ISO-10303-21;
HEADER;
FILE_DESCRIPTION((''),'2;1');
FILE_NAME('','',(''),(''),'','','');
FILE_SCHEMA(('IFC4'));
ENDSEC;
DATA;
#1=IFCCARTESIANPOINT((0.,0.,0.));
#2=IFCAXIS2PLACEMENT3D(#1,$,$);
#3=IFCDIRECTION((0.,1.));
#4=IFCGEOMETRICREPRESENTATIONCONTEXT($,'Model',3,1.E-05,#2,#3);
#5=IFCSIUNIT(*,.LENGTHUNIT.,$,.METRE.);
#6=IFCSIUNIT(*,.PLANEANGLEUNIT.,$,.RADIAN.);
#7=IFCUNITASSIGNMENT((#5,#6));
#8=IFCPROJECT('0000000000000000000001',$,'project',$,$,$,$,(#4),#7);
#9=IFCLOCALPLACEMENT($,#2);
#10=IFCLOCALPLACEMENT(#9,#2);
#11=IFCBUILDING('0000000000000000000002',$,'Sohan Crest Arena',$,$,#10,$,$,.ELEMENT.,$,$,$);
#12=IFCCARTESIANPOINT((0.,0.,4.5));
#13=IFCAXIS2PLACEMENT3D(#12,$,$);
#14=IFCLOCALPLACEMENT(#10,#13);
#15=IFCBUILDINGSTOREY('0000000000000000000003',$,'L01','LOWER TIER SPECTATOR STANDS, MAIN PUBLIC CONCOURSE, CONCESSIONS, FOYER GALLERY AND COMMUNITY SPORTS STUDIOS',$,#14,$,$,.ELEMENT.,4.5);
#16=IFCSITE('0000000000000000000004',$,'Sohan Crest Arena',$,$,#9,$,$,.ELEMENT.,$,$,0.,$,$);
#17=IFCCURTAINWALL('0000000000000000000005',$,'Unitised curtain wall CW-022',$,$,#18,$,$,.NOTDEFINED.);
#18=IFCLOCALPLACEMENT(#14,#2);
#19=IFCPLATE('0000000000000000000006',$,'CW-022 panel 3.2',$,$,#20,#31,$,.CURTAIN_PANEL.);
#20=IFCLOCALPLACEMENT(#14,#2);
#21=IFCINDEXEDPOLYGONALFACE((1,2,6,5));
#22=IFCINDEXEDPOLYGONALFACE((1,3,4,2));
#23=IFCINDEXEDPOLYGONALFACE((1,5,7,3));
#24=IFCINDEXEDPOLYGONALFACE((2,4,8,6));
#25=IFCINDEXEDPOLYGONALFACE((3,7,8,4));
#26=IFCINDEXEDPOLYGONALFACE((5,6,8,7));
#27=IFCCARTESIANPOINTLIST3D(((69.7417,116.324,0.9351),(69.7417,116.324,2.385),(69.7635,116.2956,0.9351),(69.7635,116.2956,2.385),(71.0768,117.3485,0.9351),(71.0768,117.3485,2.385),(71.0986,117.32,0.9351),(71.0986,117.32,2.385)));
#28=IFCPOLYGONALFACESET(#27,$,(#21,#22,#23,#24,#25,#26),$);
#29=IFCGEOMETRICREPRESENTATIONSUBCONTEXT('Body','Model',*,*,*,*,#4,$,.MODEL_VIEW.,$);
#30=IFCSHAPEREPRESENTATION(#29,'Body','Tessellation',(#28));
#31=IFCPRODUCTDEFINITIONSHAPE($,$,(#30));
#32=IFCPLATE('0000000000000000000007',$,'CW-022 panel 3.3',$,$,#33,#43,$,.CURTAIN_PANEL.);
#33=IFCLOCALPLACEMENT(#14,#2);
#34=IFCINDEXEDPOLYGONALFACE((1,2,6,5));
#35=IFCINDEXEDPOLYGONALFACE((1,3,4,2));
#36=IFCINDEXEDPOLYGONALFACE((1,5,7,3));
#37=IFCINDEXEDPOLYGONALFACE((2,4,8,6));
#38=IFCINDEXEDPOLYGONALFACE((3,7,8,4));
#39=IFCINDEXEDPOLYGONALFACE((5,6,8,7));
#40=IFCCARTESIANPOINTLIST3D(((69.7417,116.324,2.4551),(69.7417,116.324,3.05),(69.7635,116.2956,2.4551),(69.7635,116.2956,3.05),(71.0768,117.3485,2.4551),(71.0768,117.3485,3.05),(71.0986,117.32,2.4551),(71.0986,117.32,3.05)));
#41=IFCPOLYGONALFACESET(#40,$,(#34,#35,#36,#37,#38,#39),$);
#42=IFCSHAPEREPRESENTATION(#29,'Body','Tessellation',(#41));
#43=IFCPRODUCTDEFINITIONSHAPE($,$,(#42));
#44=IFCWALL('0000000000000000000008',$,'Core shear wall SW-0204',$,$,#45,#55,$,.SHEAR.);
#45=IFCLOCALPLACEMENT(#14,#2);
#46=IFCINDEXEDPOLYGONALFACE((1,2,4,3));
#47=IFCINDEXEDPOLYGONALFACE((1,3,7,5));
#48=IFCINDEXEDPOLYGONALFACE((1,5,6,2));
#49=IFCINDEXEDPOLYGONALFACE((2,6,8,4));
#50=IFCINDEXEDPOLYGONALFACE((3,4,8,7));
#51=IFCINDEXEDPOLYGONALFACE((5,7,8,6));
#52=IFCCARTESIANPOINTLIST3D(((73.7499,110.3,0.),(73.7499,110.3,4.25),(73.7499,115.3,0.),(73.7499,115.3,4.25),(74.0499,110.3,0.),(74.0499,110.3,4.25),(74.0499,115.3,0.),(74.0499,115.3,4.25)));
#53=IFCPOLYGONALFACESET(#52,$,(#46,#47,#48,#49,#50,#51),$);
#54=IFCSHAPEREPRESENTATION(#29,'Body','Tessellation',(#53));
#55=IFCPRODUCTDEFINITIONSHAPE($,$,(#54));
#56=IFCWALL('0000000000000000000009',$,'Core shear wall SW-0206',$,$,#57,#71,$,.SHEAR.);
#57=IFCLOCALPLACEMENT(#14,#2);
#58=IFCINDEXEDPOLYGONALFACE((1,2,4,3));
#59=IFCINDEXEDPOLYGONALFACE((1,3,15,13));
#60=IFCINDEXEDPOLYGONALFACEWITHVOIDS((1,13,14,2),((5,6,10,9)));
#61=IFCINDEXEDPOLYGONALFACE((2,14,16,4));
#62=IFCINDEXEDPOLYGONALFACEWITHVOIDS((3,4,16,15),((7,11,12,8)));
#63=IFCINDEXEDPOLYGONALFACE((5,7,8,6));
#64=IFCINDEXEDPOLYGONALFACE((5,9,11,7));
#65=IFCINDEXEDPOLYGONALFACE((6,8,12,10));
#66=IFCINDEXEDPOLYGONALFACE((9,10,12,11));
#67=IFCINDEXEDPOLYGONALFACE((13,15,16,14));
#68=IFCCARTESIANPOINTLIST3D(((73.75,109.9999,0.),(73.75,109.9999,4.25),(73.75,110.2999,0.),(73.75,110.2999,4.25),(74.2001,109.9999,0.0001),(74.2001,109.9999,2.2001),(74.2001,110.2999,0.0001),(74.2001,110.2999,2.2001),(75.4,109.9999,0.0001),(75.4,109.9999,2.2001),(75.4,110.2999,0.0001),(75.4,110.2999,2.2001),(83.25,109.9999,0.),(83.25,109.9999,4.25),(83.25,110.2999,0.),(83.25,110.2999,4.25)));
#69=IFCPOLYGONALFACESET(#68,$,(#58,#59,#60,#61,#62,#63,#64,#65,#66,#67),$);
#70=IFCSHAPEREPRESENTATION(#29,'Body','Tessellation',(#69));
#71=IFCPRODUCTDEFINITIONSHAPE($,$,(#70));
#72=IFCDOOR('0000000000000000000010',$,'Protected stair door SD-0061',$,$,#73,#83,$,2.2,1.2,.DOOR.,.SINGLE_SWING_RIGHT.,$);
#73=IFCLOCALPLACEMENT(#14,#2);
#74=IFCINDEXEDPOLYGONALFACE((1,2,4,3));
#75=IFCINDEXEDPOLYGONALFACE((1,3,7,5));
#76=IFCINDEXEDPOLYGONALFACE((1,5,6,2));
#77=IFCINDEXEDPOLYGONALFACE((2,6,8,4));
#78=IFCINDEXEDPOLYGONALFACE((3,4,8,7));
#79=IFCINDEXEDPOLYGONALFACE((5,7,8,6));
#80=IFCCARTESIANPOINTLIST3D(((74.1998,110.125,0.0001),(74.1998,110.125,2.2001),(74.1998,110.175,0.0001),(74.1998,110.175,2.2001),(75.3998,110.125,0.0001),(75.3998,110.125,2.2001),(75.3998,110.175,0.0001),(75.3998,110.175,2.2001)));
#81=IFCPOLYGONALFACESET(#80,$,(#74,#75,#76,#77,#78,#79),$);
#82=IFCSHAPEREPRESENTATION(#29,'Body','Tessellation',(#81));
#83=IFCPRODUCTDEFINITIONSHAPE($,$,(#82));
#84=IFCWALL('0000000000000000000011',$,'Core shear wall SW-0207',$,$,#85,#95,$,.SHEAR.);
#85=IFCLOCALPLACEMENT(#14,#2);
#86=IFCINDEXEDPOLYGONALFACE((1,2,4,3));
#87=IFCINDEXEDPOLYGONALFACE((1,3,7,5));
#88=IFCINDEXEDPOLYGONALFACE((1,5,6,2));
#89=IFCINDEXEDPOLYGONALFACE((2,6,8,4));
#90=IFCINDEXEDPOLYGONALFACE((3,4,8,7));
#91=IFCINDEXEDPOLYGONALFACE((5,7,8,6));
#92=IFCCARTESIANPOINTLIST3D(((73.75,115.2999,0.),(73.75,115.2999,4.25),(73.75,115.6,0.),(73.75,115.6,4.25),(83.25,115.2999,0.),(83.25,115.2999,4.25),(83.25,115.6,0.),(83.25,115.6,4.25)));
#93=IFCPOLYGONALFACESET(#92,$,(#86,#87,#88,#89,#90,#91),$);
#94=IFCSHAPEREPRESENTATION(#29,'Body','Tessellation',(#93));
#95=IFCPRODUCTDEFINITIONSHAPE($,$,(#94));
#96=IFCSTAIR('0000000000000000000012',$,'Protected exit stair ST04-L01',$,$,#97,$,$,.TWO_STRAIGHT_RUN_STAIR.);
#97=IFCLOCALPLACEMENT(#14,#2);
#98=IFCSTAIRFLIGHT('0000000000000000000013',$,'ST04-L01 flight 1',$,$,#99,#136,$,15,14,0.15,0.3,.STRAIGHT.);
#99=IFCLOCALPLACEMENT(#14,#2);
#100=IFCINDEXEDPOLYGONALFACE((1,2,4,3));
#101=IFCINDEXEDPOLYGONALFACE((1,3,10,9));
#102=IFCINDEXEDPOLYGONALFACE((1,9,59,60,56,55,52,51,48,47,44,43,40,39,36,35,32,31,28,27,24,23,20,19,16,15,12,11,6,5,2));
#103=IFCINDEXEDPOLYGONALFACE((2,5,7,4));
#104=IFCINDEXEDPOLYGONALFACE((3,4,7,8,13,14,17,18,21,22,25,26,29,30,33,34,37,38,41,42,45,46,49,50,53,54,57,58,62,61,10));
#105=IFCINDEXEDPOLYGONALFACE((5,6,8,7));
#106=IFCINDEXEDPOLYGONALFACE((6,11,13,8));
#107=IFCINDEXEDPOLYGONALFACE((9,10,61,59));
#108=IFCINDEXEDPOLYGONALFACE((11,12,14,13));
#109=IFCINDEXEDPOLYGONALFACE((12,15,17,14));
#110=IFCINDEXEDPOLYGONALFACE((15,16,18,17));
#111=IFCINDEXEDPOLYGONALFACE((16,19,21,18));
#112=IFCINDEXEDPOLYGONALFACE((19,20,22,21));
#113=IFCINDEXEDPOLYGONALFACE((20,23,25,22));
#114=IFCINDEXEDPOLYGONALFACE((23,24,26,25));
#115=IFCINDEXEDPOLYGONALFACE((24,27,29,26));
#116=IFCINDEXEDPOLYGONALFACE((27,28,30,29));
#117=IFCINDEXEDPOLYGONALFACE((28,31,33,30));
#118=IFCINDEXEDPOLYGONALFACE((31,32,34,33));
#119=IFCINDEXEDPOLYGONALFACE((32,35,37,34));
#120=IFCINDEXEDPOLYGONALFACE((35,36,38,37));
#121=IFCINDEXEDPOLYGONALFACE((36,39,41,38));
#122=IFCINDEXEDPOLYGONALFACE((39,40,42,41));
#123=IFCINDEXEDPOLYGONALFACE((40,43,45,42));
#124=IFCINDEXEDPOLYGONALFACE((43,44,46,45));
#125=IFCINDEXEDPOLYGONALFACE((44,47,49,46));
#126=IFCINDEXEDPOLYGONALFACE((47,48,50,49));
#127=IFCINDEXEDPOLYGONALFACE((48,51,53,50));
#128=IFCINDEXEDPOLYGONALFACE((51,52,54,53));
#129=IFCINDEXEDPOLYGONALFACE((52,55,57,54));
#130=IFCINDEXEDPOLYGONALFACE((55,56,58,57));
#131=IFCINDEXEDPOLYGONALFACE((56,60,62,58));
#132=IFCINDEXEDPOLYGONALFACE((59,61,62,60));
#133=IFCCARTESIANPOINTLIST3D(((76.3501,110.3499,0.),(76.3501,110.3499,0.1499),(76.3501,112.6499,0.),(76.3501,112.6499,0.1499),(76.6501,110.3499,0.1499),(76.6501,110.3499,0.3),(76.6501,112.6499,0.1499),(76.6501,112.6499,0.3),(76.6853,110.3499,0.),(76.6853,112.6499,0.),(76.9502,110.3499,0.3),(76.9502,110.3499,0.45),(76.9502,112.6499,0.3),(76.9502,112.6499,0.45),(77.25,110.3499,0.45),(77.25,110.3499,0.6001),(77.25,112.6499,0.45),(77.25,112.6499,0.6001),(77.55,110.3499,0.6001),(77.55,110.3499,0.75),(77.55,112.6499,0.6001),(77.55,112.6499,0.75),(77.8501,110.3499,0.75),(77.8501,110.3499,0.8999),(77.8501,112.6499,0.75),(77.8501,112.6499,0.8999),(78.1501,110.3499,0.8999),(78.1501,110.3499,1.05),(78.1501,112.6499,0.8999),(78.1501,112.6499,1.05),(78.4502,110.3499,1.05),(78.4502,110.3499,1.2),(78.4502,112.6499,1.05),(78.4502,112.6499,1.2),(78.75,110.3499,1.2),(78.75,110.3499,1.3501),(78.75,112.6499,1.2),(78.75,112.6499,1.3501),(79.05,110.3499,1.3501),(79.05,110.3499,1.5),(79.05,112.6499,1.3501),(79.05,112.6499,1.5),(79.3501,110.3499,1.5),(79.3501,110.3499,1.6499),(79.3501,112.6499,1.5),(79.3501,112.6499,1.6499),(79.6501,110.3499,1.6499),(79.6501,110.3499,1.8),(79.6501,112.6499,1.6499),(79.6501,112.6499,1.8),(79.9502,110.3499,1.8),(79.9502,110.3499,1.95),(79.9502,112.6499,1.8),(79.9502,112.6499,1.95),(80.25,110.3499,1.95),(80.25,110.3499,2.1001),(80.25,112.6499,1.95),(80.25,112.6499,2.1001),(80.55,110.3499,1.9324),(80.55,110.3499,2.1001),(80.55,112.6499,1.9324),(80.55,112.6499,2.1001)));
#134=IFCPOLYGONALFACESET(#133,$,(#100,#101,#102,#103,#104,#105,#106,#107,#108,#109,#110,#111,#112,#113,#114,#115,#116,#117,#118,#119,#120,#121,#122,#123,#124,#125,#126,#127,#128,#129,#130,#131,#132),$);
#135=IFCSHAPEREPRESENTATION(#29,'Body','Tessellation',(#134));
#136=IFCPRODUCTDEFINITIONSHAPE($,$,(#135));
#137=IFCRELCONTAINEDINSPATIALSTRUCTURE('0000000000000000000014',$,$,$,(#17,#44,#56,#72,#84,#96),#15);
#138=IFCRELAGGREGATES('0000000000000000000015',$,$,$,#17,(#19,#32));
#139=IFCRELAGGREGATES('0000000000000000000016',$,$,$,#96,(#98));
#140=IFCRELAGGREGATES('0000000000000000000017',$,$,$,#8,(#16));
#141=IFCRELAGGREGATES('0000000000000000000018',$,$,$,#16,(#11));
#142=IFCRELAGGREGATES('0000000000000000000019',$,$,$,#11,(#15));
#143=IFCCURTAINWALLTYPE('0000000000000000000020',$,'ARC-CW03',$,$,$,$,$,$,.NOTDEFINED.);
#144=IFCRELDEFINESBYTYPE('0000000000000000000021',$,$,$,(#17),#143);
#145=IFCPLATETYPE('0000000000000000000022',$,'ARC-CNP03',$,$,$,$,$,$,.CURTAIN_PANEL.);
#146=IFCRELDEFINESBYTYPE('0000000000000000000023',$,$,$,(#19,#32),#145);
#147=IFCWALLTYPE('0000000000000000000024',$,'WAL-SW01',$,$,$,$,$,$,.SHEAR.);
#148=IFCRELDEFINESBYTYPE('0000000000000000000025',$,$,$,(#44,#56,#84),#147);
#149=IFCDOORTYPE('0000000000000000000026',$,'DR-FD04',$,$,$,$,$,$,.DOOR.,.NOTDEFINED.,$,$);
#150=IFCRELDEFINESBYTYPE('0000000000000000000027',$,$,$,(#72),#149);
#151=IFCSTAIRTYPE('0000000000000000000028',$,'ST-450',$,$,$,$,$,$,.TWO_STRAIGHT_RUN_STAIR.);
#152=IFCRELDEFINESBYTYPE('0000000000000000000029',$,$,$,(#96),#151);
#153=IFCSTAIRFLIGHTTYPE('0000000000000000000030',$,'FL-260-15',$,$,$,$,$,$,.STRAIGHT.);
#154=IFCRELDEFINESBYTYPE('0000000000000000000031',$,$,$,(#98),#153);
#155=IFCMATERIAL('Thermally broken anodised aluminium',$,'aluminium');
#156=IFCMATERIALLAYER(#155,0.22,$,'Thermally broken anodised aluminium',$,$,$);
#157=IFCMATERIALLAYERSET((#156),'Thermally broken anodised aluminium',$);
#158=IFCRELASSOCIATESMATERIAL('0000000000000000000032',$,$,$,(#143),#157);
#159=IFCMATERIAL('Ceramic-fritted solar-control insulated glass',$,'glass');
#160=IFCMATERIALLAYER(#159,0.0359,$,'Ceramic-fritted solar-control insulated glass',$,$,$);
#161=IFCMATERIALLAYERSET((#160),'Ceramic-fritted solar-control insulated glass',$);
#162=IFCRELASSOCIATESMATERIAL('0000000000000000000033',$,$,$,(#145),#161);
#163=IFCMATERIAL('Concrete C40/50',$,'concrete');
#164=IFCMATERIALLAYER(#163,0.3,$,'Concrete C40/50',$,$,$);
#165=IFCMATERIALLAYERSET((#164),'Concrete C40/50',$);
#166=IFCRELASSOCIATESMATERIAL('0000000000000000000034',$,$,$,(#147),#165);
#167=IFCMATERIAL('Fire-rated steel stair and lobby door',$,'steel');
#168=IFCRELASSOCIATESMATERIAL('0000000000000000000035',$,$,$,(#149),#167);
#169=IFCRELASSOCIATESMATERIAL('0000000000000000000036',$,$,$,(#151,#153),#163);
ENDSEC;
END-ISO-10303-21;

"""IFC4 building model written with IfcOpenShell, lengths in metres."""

from ifc_helpers import new_model, si_unit, direction, frame, frame_2d, origin, origin_2d, place, context, subcontext, project, spatial, polyline, rectangle, outline, extrude, material, layer, layer_set, type_object, element, fill, aggregate, save


model = new_model("IFC4")

# Units and contexts
model_context = context("Model", 3, precision=1e-05, world=origin(), true_north=direction((0.0, 1.0)))
body_context = subcontext(model_context, "Body", "Model", "MODEL_VIEW")
ifc_project = project(units=[si_unit("LENGTHUNIT", "METRE"), si_unit("PLANEANGLEUNIT", "RADIAN")], contexts=[model_context])

# Site, building, storey
site_placement = place(None, origin())
site = spatial("IfcSite", under=ifc_project, at=site_placement, Name="Sohan Crest Arena", CompositionType="ELEMENT", RefElevation=0.0)
building_placement = place(site_placement, origin())
building = spatial("IfcBuilding", under=site, at=building_placement, Name="Sohan Crest Arena", CompositionType="ELEMENT")
storey_placement = place(building_placement, frame((0.0, 0.0, 4.5)))
storey = spatial("IfcBuildingStorey", under=building, at=storey_placement, Name="L01", Description="LOWER TIER SPECTATOR STANDS, MAIN PUBLIC CONCOURSE, CONCESSIONS, FOYER GALLERY AND COMMUNITY SPORTS STUDIOS", CompositionType="ELEMENT", Elevation=4.5)

# Curtain wall
ifc_material_1 = material(Name="Thermally broken anodised aluminium", Category="aluminium")
ifc_layer_1 = layer(ifc_material_1, 0.22, Name="Thermally broken anodised aluminium")
ifc_layer_set_1 = layer_set([ifc_layer_1], Name="Thermally broken anodised aluminium")
curtain_wall_type = type_object("IfcCurtainWallType", Name="ARC-CW03", PredefinedType="NOTDEFINED", material=ifc_layer_set_1)
curtain_wall_placement = place(storey_placement, origin())
curtain_wall = element("IfcCurtainWall", 1, at=curtain_wall_placement, inside=storey, type_object=curtain_wall_type, Name="Unitised curtain wall CW-022", PredefinedType="NOTDEFINED")

# Plates
ifc_material_2 = material(Name="Ceramic-fritted solar-control insulated glass", Category="glass")
ifc_layer_2 = layer(ifc_material_2, 0.0359, Name="Ceramic-fritted solar-control insulated glass")
ifc_layer_set_2 = layer_set([ifc_layer_2], Name="Ceramic-fritted solar-control insulated glass")
plate_type = type_object("IfcPlateType", Name="ARC-CNP03", PredefinedType="CURTAIN_PANEL", material=ifc_layer_set_2)
plate_1_placement = place(storey_placement, frame((70.4202, 116.822, 0.9351), z_axis=(0.0, 0.0, 1.0), x_axis=(-0.793351, -0.608765, 0.0)))
plate_1 = element("IfcPlate", 2, at=plate_1_placement, type_object=plate_type, Name="CW-022 panel 3.2", PredefinedType="CURTAIN_PANEL", context=body_context, shape_type="SweptSolid", body=[
    extrude(rectangle(XDim=1.6829, YDim=0.0359, at=origin_2d()), origin(), (0.0, 0.0, 1.0), 1.45),
])
plate_2_placement = place(storey_placement, frame((70.4202, 116.822, 2.4551), z_axis=(0.0, 0.0, 1.0), x_axis=(-0.793351, -0.608765, 0.0)))
plate_2 = element("IfcPlate", 3, at=plate_2_placement, type_object=plate_type, Name="CW-022 panel 3.3", PredefinedType="CURTAIN_PANEL", context=body_context, shape_type="SweptSolid", body=[
    extrude(rectangle(XDim=1.6829, YDim=0.0359, at=origin_2d()), origin(), (0.0, 0.0, 1.0), 0.595),
])
aggregate(curtain_wall, [plate_1, plate_2])

# Wall
ifc_material_3 = material(Name="Concrete C40/50", Category="concrete")
ifc_layer_3 = layer(ifc_material_3, 0.3, Name="Concrete C40/50")
ifc_layer_set_3 = layer_set([ifc_layer_3], Name="Concrete C40/50")
wall_type = type_object("IfcWallType", Name="WAL-SW01", PredefinedType="SHEAR", material=ifc_layer_set_3)
wall_1_placement = place(storey_placement, frame((73.8999, 110.3, 0.0), z_axis=(0.0, 0.0, 1.0), x_axis=(0.0, 1.0, 0.0)))
element("IfcWall", 4, at=wall_1_placement, inside=storey, type_object=wall_type, Name="Core shear wall SW-0204", PredefinedType="SHEAR", context=body_context, shape_type="SweptSolid", body=[
    extrude(rectangle(XDim=5.0, YDim=0.3, at=frame_2d((2.5, 0.0))), origin(), (0.0, 0.0, 1.0), 4.25),
])

# Wall, opening, door
wall_2_placement = place(storey_placement, frame((73.75, 110.1499, 0.0), z_axis=(0.0, 0.0, 1.0), x_axis=(1.0, 0.0, 0.0)))
wall_2 = element("IfcWall", 5, at=wall_2_placement, inside=storey, type_object=wall_type, Name="Core shear wall SW-0206", PredefinedType="SHEAR", context=body_context, shape_type="SweptSolid", body=[
    extrude(rectangle(XDim=9.5, YDim=0.3, at=frame_2d((4.75, 0.0))), origin(), (0.0, 0.0, 1.0), 4.25),
])
opening_placement = place(wall_2_placement, frame((0.45, 0.0, 0.0)))
opening = element("IfcOpeningElement", 6, at=opening_placement, cuts=wall_2, PredefinedType="OPENING", context=body_context, shape_type="SweptSolid", body=[
    extrude(rectangle(XDim=1.2, YDim=2.2, at=frame_2d((0.6001, 1.1001))), frame((0.0, 0.1599, 0.0), z_axis=(0.0, -1.0, 0.0), x_axis=(1.0, 0.0, 0.0)), (0.0, 0.0, 1.0), 0.3201),
])
ifc_material_4 = material(Name="Fire-rated steel stair and lobby door", Category="steel")
door_type = type_object("IfcDoorType", Name="DR-FD04", OperationType="NOTDEFINED", PredefinedType="DOOR", material=ifc_material_4)
door_placement = place(opening_placement, frame((1.2, 0.0, 0.0), z_axis=(0.0, 0.0, 1.0), x_axis=(-1.0, 0.0, 0.0)))
door = element("IfcDoor", 7, at=door_placement, inside=storey, type_object=door_type, Name="Protected stair door SD-0061", OperationType="SINGLE_SWING_RIGHT", OverallHeight=2.2, OverallWidth=1.2, PredefinedType="DOOR", context=body_context, shape_type="SweptSolid", body=[
    extrude(rectangle(XDim=1.2, YDim=2.2, at=frame_2d((0.6001, 1.1001))), frame((0.0, 0.0249, 0.0), z_axis=(0.0, -1.0, 0.0), x_axis=(1.0, 0.0, 0.0)), (0.0, 0.0, 1.0), 0.05),
])
fill(opening, door)

# Wall
wall_3_placement = place(storey_placement, frame((73.75, 115.45, 0.0), z_axis=(0.0, 0.0, 1.0), x_axis=(1.0, 0.0, 0.0)))
element("IfcWall", 8, at=wall_3_placement, inside=storey, type_object=wall_type, Name="Core shear wall SW-0207", PredefinedType="SHEAR", context=body_context, shape_type="SweptSolid", body=[
    extrude(rectangle(XDim=9.5, YDim=0.3, at=frame_2d((4.75, 0.0))), origin(), (0.0, 0.0, 1.0), 4.25),
])

# Stair, stair flight
stair_type = type_object("IfcStairType", Name="ST-450", PredefinedType="TWO_STRAIGHT_RUN_STAIR", material=ifc_material_3)
stair_placement = place(storey_placement, origin())
stair = element("IfcStair", 9, at=stair_placement, inside=storey, type_object=stair_type, Name="Protected exit stair ST04-L01", PredefinedType="TWO_STRAIGHT_RUN_STAIR")
stair_flight_type = type_object("IfcStairFlightType", Name="FL-260-15", PredefinedType="STRAIGHT", material=ifc_material_3)
stair_flight_placement = place(storey_placement, frame((76.3501, 111.5, 0.0), z_axis=(0.0, 0.0, 1.0), x_axis=(1.0, 0.0, 0.0)))
stair_flight = element("IfcStairFlight", 10, at=stair_flight_placement, type_object=stair_flight_type, Name="ST04-L01 flight 1", NumberOfRisers=15, NumberOfTreads=14, PredefinedType="STRAIGHT", RiserHeight=0.15, TreadLength=0.3, context=body_context, shape_type="SweptSolid", body=[
    extrude(outline(polyline([(0.0, 0.0), (0.0, 0.1499), (0.3, 0.1499), (0.3, 0.3), (0.6001, 0.3), (0.6001, 0.45), (0.8999, 0.45), (0.8999, 0.6001), (1.2, 0.6001), (1.2, 0.75), (1.5, 0.75), (1.5, 0.8999), (1.8, 0.8999), (1.8, 1.05), (2.1001, 1.05), (2.1001, 1.2), (2.3999, 1.2), (2.3999, 1.3501), (2.7, 1.3501), (2.7, 1.5), (3.0, 1.5), (3.0, 1.6499), (3.3, 1.6499), (3.3, 1.8), (3.6001, 1.8), (3.6001, 1.95), (3.8999, 1.95), (3.8999, 2.1001), (4.2, 2.1001), (4.2, 2.25), (4.2, 1.9324), (0.3352, 0.0), (0.0, 0.0)])), frame((0.0, 1.1499, 0.0), z_axis=(0.0, -1.0, 0.0), x_axis=(1.0, 0.0, 0.0)), (0.0, 0.0, 1.0), 2.3),
])
aggregate(stair, [stair_flight])

save(model, "model.ifc")
